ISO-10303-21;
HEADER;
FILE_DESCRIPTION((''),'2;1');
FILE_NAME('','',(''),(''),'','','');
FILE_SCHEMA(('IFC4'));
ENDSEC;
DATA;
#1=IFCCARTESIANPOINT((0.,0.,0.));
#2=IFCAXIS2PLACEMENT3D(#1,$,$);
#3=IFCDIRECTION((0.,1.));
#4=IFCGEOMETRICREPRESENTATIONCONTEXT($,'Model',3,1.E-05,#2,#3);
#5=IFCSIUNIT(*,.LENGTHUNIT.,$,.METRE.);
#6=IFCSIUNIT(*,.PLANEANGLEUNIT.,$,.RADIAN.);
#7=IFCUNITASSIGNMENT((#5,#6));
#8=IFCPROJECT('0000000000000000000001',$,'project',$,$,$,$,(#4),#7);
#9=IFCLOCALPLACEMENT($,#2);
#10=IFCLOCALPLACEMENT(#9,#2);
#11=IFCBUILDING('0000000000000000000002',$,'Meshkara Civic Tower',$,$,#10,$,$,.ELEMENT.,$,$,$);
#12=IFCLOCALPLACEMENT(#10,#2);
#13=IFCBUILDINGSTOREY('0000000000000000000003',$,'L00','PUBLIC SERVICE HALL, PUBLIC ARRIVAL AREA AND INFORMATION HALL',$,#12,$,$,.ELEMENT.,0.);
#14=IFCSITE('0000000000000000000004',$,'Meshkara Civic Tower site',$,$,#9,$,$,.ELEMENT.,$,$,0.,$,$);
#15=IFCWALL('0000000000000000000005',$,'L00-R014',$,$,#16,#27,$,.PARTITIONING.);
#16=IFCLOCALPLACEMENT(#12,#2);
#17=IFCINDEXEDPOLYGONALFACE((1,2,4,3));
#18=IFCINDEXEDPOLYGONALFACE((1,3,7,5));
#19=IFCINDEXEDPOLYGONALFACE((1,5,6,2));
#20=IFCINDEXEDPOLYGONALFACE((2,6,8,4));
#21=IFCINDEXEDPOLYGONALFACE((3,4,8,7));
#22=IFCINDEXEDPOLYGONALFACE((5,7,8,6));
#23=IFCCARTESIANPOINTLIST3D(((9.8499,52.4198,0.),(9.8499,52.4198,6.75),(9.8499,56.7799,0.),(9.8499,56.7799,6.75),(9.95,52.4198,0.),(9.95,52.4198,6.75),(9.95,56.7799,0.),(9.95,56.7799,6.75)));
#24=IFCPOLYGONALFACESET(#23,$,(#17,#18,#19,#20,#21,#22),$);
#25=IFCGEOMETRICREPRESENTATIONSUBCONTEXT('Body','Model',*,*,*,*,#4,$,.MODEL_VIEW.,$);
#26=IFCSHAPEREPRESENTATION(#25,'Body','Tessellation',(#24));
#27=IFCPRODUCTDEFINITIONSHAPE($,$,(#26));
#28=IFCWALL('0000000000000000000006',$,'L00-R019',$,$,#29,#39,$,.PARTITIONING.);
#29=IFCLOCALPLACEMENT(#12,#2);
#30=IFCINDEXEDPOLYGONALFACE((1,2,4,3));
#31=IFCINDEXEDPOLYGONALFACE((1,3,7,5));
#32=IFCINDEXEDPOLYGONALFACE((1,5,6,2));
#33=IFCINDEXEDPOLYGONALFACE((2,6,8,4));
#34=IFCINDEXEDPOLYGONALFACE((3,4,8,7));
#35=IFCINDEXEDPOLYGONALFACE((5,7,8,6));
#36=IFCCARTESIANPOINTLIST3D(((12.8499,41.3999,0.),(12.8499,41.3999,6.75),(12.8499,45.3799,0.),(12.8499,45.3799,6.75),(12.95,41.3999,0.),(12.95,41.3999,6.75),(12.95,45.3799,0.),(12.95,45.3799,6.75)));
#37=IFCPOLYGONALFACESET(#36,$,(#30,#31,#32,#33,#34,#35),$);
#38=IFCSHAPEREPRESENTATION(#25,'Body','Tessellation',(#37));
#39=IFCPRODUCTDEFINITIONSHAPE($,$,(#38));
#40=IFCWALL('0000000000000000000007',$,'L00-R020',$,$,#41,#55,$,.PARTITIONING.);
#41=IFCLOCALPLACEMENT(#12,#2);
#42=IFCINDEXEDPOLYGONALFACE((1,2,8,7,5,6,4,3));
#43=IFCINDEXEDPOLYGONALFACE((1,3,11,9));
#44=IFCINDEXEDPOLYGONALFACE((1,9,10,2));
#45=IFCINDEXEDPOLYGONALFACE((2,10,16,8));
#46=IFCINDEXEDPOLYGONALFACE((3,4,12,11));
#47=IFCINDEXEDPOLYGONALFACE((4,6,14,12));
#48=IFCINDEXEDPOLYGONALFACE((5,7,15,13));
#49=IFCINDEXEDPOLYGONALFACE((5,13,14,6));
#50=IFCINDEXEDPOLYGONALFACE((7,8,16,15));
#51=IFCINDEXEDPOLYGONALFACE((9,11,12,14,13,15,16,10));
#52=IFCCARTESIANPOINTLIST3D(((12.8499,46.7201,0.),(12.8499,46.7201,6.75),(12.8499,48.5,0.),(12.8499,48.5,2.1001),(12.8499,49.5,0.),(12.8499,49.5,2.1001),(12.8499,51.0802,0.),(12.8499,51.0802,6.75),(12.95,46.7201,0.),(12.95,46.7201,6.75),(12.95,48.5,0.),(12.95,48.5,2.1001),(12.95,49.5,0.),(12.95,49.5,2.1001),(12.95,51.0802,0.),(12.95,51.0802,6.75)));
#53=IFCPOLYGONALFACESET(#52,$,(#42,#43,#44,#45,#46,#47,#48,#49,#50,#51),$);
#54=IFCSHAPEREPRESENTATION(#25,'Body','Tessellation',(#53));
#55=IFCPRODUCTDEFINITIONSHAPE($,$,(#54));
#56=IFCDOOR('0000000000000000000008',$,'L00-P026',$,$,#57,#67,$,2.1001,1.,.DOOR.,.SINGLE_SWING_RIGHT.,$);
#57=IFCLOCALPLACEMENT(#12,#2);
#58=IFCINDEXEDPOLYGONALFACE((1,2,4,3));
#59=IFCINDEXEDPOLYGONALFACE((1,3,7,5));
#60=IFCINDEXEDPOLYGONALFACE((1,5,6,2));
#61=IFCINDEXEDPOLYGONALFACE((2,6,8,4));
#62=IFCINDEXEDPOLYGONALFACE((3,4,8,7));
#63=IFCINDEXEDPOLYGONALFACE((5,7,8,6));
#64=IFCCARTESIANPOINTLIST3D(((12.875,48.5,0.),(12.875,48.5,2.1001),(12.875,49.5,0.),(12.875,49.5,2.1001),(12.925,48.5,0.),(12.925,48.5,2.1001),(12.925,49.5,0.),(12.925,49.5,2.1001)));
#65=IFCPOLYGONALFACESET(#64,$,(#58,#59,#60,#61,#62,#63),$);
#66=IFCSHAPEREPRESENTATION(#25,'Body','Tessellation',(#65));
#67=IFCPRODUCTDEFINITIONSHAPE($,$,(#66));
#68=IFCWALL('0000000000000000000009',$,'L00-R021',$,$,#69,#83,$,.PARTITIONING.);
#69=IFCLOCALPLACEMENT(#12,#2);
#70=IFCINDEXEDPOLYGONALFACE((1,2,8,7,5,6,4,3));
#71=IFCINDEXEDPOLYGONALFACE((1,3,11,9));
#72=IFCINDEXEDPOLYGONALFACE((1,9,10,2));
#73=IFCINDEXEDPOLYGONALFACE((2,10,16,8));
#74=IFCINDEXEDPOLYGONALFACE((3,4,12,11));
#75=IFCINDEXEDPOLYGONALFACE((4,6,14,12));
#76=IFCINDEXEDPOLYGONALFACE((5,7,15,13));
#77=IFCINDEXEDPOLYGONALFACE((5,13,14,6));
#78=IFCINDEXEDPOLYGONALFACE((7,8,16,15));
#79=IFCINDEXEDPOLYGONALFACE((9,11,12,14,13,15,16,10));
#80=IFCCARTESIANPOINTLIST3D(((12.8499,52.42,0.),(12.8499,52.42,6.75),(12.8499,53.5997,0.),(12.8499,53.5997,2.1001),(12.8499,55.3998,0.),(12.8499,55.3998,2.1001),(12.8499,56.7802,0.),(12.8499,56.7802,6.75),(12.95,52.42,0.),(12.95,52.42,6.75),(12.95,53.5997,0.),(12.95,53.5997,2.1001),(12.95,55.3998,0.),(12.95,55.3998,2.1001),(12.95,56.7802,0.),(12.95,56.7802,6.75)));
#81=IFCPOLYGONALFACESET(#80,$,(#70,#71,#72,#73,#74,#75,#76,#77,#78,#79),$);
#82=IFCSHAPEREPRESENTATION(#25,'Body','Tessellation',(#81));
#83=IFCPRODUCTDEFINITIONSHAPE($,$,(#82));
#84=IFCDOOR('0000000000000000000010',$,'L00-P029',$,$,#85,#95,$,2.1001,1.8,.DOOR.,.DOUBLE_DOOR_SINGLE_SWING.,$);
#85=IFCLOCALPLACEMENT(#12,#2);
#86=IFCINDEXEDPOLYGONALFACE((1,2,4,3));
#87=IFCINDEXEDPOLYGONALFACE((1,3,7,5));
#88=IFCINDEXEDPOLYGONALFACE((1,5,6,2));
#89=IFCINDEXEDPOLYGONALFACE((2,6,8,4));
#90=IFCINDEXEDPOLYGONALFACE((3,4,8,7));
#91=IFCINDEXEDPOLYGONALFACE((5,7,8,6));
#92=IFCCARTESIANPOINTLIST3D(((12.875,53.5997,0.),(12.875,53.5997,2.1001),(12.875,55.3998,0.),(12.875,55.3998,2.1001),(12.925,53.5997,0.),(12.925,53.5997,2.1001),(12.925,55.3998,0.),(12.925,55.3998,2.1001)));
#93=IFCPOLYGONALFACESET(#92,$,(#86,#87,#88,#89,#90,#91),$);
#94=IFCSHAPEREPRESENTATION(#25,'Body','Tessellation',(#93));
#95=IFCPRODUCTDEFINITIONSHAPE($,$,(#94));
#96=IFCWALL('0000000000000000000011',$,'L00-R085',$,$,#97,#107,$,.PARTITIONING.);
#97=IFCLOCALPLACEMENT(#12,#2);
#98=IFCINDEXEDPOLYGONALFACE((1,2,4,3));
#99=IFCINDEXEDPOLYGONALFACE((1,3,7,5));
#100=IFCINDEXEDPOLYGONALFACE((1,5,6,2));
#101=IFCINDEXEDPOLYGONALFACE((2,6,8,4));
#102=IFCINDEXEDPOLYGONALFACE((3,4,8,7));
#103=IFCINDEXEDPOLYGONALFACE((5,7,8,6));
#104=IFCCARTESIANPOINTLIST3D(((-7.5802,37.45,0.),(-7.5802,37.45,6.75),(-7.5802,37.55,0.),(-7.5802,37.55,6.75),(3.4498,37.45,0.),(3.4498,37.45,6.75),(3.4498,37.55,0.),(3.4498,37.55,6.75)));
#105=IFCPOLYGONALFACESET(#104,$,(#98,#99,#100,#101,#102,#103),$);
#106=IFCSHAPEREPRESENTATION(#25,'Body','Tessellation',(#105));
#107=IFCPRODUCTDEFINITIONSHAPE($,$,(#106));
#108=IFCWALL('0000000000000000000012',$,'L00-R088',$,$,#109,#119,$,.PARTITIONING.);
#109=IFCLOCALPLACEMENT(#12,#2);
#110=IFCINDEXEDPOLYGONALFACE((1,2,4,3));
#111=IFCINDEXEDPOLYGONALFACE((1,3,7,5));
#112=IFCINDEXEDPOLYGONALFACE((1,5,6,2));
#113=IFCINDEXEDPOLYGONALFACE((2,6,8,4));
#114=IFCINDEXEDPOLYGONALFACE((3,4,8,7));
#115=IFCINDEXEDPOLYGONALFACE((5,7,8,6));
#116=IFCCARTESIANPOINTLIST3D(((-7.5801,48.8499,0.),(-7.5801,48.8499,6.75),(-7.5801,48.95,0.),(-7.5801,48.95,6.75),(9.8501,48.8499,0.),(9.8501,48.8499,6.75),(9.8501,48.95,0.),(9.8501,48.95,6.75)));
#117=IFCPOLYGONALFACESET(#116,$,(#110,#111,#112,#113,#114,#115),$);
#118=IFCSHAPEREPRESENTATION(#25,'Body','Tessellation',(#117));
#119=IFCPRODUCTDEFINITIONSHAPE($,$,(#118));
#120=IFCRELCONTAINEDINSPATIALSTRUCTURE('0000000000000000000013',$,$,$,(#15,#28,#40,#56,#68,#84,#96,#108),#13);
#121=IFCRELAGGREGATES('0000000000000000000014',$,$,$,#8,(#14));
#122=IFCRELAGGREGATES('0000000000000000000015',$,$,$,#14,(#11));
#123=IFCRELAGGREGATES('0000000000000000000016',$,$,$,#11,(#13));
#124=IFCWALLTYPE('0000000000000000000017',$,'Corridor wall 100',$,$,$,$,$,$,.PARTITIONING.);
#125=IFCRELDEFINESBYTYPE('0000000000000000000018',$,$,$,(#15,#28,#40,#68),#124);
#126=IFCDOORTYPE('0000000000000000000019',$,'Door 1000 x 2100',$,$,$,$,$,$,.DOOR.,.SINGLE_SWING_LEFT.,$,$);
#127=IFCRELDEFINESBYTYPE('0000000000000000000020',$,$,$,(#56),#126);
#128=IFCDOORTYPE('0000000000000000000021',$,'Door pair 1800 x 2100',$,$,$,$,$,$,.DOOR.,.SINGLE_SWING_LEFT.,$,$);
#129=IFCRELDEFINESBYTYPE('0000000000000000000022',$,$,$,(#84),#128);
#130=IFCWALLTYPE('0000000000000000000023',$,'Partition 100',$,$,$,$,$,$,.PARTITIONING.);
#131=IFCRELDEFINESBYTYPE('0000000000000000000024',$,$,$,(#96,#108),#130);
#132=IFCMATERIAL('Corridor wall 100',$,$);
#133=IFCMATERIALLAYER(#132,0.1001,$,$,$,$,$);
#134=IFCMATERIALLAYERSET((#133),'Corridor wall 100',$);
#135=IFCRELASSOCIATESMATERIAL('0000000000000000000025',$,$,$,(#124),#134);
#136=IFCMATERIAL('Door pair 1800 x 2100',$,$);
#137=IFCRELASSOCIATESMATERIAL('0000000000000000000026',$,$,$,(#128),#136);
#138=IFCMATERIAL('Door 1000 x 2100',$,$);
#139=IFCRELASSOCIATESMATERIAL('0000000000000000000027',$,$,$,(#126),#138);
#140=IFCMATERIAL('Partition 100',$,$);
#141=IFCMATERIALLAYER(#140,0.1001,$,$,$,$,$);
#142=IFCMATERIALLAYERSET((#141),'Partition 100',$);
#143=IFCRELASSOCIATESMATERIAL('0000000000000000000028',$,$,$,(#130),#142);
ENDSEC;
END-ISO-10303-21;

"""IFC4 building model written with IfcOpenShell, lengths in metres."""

from ifc_helpers import new_model, si_unit, direction, frame, frame_2d, origin, place, context, subcontext, project, spatial, rectangle, extrude, material, layer, layer_set, type_object, element, fill, save


model = new_model("IFC4")

# Units and contexts
model_context = context("Model", 3, precision=1e-05, world=origin(), true_north=direction((0.0, 1.0)))
body_context = subcontext(model_context, "Body", "Model", "MODEL_VIEW")
ifc_project = project(units=[si_unit("LENGTHUNIT", "METRE"), si_unit("PLANEANGLEUNIT", "RADIAN")], contexts=[model_context])

# Site, building, storey
site_placement = place(None, origin())
site = spatial("IfcSite", under=ifc_project, at=site_placement, Name="Meshkara Civic Tower site", CompositionType="ELEMENT", RefElevation=0.0)
building_placement = place(site_placement, origin())
building = spatial("IfcBuilding", under=site, at=building_placement, Name="Meshkara Civic Tower", CompositionType="ELEMENT")
storey_placement = place(building_placement, origin())
storey = spatial("IfcBuildingStorey", under=building, at=storey_placement, Name="L00", Description="PUBLIC SERVICE HALL, PUBLIC ARRIVAL AREA AND INFORMATION HALL", CompositionType="ELEMENT", Elevation=0.0)

# Shared definitions
ifc_material_1 = material(Name="Corridor wall 100")
ifc_layer_1 = layer(ifc_material_1, 0.1001)
ifc_layer_set_1 = layer_set([ifc_layer_1], Name="Corridor wall 100")
wall_type_1 = type_object("IfcWallType", Name="Corridor wall 100", PredefinedType="PARTITIONING", material=ifc_layer_set_1)
ifc_material_2 = material(Name="Door pair 1800 x 2100")
door_type_1 = type_object("IfcDoorType", Name="Door pair 1800 x 2100", OperationType="SINGLE_SWING_LEFT", PredefinedType="DOOR", material=ifc_material_2)

# Shared definitions
ifc_material_3 = material(Name="Door 1000 x 2100")
door_type_2 = type_object("IfcDoorType", Name="Door 1000 x 2100", OperationType="SINGLE_SWING_LEFT", PredefinedType="DOOR", material=ifc_material_3)

# Walls
wall_1_placement = place(storey_placement, frame((9.8999, 56.78, 0.0), z_axis=(0.0, 0.0, 1.0), x_axis=(0.0, -1.0, 0.0)))
element("IfcWall", 1, at=wall_1_placement, inside=storey, type_object=wall_type_1, Name="L00-R014", PredefinedType="PARTITIONING", context=body_context, shape_type="SweptSolid", body=[
    extrude(rectangle(XDim=4.3601, YDim=0.1001, at=frame_2d((2.1802, 0.0))), origin(), (0.0, 0.0, 1.0), 6.75),
])
wall_2_placement = place(storey_placement, frame((12.8999, 41.3999, 0.0), z_axis=(0.0, 0.0, 1.0), x_axis=(0.0, 1.0, 0.0)))
element("IfcWall", 2, at=wall_2_placement, inside=storey, type_object=wall_type_1, Name="L00-R019", PredefinedType="PARTITIONING", context=body_context, shape_type="SweptSolid", body=[
    extrude(rectangle(XDim=3.98, YDim=0.1001, at=frame_2d((1.99, 0.0))), origin(), (0.0, 0.0, 1.0), 6.75),
])

# Walls, openings, doors
wall_3_placement = place(storey_placement, frame((12.8999, 46.72, 0.0), z_axis=(0.0, 0.0, 1.0), x_axis=(0.0, 1.0, 0.0)))
wall_3 = element("IfcWall", 3, at=wall_3_placement, inside=storey, type_object=wall_type_1, Name="L00-R020", PredefinedType="PARTITIONING", context=body_context, shape_type="SweptSolid", body=[
    extrude(rectangle(XDim=4.3601, YDim=0.1001, at=frame_2d((2.1802, 0.0))), origin(), (0.0, 0.0, 1.0), 6.75),
])
opening_1_placement = place(wall_3_placement, frame((1.78, 0.0, 0.0)))
opening_1 = element("IfcOpeningElement", 4, at=opening_1_placement, cuts=wall_3, PredefinedType="OPENING", context=body_context, shape_type="SweptSolid", body=[
    extrude(rectangle(XDim=1.0, YDim=2.1001, at=frame_2d((0.5, 1.05))), frame((0.0, 0.0601, 0.0), z_axis=(0.0, -1.0, 0.0), x_axis=(1.0, 0.0, 0.0)), (0.0, 0.0, 1.0), 0.1201),
])
door_1_placement = place(opening_1_placement, origin())
door_1 = element("IfcDoor", 5, at=door_1_placement, inside=storey, type_object=door_type_2, Name="L00-P026", OperationType="SINGLE_SWING_RIGHT", OverallHeight=2.1001, OverallWidth=1.0, PredefinedType="DOOR", context=body_context, shape_type="SweptSolid", body=[
    extrude(rectangle(XDim=1.0, YDim=2.1001, at=frame_2d((0.5, 1.05))), frame((0.0, 0.0249, 0.0), z_axis=(0.0, -1.0, 0.0), x_axis=(1.0, 0.0, 0.0)), (0.0, 0.0, 1.0), 0.05),
])
fill(opening_1, door_1)
wall_4_placement = place(storey_placement, frame((12.8999, 52.4199, 0.0), z_axis=(0.0, 0.0, 1.0), x_axis=(0.0, 1.0, 0.0)))
wall_4 = element("IfcWall", 6, at=wall_4_placement, inside=storey, type_object=wall_type_1, Name="L00-R021", PredefinedType="PARTITIONING", context=body_context, shape_type="SweptSolid", body=[
    extrude(rectangle(XDim=4.3601, YDim=0.1001, at=frame_2d((2.1802, 0.0))), origin(), (0.0, 0.0, 1.0), 6.75),
])
opening_2_placement = place(wall_4_placement, frame((1.1799, 0.0, 0.0)))
opening_2 = element("IfcOpeningElement", 7, at=opening_2_placement, cuts=wall_4, PredefinedType="OPENING", context=body_context, shape_type="SweptSolid", body=[
    extrude(rectangle(XDim=1.8, YDim=2.1001, at=frame_2d((0.8999, 1.05))), frame((0.0, 0.0601, 0.0), z_axis=(0.0, -1.0, 0.0), x_axis=(1.0, 0.0, 0.0)), (0.0, 0.0, 1.0), 0.1201),
])
door_2_placement = place(opening_2_placement, origin())
door_2 = element("IfcDoor", 8, at=door_2_placement, inside=storey, type_object=door_type_1, Name="L00-P029", OperationType="DOUBLE_DOOR_SINGLE_SWING", OverallHeight=2.1001, OverallWidth=1.8, PredefinedType="DOOR", context=body_context, shape_type="SweptSolid", body=[
    extrude(rectangle(XDim=1.8, YDim=2.1001, at=frame_2d((0.8999, 1.05))), frame((0.0, 0.0249, 0.0), z_axis=(0.0, -1.0, 0.0), x_axis=(1.0, 0.0, 0.0)), (0.0, 0.0, 1.0), 0.05),
])
fill(opening_2, door_2)

# Walls
ifc_material_4 = material(Name="Partition 100")
ifc_layer_2 = layer(ifc_material_4, 0.1001)
ifc_layer_set_2 = layer_set([ifc_layer_2], Name="Partition 100")
wall_type_2 = type_object("IfcWallType", Name="Partition 100", PredefinedType="PARTITIONING", material=ifc_layer_set_2)
wall_5_placement = place(storey_placement, frame((3.45, 37.5, 0.0), z_axis=(0.0, 0.0, 1.0), x_axis=(-1.0, 0.0, 0.0)))
element("IfcWall", 9, at=wall_5_placement, inside=storey, type_object=wall_type_2, Name="L00-R085", PredefinedType="PARTITIONING", context=body_context, shape_type="SweptSolid", body=[
    extrude(rectangle(XDim=11.03, YDim=0.1001, at=frame_2d((5.5151, 0.0))), origin(), (0.0, 0.0, 1.0), 6.75),
])
wall_6_placement = place(storey_placement, frame((9.8501, 48.8999, 0.0), z_axis=(0.0, 0.0, 1.0), x_axis=(-1.0, 0.0, 0.0)))
element("IfcWall", 10, at=wall_6_placement, inside=storey, type_object=wall_type_2, Name="L00-R088", PredefinedType="PARTITIONING", context=body_context, shape_type="SweptSolid", body=[
    extrude(rectangle(XDim=17.4302, YDim=0.1001, at=frame_2d((8.7151, 0.0))), origin(), (0.0, 0.0, 1.0), 6.75),
])

save(model, "model.ifc")
